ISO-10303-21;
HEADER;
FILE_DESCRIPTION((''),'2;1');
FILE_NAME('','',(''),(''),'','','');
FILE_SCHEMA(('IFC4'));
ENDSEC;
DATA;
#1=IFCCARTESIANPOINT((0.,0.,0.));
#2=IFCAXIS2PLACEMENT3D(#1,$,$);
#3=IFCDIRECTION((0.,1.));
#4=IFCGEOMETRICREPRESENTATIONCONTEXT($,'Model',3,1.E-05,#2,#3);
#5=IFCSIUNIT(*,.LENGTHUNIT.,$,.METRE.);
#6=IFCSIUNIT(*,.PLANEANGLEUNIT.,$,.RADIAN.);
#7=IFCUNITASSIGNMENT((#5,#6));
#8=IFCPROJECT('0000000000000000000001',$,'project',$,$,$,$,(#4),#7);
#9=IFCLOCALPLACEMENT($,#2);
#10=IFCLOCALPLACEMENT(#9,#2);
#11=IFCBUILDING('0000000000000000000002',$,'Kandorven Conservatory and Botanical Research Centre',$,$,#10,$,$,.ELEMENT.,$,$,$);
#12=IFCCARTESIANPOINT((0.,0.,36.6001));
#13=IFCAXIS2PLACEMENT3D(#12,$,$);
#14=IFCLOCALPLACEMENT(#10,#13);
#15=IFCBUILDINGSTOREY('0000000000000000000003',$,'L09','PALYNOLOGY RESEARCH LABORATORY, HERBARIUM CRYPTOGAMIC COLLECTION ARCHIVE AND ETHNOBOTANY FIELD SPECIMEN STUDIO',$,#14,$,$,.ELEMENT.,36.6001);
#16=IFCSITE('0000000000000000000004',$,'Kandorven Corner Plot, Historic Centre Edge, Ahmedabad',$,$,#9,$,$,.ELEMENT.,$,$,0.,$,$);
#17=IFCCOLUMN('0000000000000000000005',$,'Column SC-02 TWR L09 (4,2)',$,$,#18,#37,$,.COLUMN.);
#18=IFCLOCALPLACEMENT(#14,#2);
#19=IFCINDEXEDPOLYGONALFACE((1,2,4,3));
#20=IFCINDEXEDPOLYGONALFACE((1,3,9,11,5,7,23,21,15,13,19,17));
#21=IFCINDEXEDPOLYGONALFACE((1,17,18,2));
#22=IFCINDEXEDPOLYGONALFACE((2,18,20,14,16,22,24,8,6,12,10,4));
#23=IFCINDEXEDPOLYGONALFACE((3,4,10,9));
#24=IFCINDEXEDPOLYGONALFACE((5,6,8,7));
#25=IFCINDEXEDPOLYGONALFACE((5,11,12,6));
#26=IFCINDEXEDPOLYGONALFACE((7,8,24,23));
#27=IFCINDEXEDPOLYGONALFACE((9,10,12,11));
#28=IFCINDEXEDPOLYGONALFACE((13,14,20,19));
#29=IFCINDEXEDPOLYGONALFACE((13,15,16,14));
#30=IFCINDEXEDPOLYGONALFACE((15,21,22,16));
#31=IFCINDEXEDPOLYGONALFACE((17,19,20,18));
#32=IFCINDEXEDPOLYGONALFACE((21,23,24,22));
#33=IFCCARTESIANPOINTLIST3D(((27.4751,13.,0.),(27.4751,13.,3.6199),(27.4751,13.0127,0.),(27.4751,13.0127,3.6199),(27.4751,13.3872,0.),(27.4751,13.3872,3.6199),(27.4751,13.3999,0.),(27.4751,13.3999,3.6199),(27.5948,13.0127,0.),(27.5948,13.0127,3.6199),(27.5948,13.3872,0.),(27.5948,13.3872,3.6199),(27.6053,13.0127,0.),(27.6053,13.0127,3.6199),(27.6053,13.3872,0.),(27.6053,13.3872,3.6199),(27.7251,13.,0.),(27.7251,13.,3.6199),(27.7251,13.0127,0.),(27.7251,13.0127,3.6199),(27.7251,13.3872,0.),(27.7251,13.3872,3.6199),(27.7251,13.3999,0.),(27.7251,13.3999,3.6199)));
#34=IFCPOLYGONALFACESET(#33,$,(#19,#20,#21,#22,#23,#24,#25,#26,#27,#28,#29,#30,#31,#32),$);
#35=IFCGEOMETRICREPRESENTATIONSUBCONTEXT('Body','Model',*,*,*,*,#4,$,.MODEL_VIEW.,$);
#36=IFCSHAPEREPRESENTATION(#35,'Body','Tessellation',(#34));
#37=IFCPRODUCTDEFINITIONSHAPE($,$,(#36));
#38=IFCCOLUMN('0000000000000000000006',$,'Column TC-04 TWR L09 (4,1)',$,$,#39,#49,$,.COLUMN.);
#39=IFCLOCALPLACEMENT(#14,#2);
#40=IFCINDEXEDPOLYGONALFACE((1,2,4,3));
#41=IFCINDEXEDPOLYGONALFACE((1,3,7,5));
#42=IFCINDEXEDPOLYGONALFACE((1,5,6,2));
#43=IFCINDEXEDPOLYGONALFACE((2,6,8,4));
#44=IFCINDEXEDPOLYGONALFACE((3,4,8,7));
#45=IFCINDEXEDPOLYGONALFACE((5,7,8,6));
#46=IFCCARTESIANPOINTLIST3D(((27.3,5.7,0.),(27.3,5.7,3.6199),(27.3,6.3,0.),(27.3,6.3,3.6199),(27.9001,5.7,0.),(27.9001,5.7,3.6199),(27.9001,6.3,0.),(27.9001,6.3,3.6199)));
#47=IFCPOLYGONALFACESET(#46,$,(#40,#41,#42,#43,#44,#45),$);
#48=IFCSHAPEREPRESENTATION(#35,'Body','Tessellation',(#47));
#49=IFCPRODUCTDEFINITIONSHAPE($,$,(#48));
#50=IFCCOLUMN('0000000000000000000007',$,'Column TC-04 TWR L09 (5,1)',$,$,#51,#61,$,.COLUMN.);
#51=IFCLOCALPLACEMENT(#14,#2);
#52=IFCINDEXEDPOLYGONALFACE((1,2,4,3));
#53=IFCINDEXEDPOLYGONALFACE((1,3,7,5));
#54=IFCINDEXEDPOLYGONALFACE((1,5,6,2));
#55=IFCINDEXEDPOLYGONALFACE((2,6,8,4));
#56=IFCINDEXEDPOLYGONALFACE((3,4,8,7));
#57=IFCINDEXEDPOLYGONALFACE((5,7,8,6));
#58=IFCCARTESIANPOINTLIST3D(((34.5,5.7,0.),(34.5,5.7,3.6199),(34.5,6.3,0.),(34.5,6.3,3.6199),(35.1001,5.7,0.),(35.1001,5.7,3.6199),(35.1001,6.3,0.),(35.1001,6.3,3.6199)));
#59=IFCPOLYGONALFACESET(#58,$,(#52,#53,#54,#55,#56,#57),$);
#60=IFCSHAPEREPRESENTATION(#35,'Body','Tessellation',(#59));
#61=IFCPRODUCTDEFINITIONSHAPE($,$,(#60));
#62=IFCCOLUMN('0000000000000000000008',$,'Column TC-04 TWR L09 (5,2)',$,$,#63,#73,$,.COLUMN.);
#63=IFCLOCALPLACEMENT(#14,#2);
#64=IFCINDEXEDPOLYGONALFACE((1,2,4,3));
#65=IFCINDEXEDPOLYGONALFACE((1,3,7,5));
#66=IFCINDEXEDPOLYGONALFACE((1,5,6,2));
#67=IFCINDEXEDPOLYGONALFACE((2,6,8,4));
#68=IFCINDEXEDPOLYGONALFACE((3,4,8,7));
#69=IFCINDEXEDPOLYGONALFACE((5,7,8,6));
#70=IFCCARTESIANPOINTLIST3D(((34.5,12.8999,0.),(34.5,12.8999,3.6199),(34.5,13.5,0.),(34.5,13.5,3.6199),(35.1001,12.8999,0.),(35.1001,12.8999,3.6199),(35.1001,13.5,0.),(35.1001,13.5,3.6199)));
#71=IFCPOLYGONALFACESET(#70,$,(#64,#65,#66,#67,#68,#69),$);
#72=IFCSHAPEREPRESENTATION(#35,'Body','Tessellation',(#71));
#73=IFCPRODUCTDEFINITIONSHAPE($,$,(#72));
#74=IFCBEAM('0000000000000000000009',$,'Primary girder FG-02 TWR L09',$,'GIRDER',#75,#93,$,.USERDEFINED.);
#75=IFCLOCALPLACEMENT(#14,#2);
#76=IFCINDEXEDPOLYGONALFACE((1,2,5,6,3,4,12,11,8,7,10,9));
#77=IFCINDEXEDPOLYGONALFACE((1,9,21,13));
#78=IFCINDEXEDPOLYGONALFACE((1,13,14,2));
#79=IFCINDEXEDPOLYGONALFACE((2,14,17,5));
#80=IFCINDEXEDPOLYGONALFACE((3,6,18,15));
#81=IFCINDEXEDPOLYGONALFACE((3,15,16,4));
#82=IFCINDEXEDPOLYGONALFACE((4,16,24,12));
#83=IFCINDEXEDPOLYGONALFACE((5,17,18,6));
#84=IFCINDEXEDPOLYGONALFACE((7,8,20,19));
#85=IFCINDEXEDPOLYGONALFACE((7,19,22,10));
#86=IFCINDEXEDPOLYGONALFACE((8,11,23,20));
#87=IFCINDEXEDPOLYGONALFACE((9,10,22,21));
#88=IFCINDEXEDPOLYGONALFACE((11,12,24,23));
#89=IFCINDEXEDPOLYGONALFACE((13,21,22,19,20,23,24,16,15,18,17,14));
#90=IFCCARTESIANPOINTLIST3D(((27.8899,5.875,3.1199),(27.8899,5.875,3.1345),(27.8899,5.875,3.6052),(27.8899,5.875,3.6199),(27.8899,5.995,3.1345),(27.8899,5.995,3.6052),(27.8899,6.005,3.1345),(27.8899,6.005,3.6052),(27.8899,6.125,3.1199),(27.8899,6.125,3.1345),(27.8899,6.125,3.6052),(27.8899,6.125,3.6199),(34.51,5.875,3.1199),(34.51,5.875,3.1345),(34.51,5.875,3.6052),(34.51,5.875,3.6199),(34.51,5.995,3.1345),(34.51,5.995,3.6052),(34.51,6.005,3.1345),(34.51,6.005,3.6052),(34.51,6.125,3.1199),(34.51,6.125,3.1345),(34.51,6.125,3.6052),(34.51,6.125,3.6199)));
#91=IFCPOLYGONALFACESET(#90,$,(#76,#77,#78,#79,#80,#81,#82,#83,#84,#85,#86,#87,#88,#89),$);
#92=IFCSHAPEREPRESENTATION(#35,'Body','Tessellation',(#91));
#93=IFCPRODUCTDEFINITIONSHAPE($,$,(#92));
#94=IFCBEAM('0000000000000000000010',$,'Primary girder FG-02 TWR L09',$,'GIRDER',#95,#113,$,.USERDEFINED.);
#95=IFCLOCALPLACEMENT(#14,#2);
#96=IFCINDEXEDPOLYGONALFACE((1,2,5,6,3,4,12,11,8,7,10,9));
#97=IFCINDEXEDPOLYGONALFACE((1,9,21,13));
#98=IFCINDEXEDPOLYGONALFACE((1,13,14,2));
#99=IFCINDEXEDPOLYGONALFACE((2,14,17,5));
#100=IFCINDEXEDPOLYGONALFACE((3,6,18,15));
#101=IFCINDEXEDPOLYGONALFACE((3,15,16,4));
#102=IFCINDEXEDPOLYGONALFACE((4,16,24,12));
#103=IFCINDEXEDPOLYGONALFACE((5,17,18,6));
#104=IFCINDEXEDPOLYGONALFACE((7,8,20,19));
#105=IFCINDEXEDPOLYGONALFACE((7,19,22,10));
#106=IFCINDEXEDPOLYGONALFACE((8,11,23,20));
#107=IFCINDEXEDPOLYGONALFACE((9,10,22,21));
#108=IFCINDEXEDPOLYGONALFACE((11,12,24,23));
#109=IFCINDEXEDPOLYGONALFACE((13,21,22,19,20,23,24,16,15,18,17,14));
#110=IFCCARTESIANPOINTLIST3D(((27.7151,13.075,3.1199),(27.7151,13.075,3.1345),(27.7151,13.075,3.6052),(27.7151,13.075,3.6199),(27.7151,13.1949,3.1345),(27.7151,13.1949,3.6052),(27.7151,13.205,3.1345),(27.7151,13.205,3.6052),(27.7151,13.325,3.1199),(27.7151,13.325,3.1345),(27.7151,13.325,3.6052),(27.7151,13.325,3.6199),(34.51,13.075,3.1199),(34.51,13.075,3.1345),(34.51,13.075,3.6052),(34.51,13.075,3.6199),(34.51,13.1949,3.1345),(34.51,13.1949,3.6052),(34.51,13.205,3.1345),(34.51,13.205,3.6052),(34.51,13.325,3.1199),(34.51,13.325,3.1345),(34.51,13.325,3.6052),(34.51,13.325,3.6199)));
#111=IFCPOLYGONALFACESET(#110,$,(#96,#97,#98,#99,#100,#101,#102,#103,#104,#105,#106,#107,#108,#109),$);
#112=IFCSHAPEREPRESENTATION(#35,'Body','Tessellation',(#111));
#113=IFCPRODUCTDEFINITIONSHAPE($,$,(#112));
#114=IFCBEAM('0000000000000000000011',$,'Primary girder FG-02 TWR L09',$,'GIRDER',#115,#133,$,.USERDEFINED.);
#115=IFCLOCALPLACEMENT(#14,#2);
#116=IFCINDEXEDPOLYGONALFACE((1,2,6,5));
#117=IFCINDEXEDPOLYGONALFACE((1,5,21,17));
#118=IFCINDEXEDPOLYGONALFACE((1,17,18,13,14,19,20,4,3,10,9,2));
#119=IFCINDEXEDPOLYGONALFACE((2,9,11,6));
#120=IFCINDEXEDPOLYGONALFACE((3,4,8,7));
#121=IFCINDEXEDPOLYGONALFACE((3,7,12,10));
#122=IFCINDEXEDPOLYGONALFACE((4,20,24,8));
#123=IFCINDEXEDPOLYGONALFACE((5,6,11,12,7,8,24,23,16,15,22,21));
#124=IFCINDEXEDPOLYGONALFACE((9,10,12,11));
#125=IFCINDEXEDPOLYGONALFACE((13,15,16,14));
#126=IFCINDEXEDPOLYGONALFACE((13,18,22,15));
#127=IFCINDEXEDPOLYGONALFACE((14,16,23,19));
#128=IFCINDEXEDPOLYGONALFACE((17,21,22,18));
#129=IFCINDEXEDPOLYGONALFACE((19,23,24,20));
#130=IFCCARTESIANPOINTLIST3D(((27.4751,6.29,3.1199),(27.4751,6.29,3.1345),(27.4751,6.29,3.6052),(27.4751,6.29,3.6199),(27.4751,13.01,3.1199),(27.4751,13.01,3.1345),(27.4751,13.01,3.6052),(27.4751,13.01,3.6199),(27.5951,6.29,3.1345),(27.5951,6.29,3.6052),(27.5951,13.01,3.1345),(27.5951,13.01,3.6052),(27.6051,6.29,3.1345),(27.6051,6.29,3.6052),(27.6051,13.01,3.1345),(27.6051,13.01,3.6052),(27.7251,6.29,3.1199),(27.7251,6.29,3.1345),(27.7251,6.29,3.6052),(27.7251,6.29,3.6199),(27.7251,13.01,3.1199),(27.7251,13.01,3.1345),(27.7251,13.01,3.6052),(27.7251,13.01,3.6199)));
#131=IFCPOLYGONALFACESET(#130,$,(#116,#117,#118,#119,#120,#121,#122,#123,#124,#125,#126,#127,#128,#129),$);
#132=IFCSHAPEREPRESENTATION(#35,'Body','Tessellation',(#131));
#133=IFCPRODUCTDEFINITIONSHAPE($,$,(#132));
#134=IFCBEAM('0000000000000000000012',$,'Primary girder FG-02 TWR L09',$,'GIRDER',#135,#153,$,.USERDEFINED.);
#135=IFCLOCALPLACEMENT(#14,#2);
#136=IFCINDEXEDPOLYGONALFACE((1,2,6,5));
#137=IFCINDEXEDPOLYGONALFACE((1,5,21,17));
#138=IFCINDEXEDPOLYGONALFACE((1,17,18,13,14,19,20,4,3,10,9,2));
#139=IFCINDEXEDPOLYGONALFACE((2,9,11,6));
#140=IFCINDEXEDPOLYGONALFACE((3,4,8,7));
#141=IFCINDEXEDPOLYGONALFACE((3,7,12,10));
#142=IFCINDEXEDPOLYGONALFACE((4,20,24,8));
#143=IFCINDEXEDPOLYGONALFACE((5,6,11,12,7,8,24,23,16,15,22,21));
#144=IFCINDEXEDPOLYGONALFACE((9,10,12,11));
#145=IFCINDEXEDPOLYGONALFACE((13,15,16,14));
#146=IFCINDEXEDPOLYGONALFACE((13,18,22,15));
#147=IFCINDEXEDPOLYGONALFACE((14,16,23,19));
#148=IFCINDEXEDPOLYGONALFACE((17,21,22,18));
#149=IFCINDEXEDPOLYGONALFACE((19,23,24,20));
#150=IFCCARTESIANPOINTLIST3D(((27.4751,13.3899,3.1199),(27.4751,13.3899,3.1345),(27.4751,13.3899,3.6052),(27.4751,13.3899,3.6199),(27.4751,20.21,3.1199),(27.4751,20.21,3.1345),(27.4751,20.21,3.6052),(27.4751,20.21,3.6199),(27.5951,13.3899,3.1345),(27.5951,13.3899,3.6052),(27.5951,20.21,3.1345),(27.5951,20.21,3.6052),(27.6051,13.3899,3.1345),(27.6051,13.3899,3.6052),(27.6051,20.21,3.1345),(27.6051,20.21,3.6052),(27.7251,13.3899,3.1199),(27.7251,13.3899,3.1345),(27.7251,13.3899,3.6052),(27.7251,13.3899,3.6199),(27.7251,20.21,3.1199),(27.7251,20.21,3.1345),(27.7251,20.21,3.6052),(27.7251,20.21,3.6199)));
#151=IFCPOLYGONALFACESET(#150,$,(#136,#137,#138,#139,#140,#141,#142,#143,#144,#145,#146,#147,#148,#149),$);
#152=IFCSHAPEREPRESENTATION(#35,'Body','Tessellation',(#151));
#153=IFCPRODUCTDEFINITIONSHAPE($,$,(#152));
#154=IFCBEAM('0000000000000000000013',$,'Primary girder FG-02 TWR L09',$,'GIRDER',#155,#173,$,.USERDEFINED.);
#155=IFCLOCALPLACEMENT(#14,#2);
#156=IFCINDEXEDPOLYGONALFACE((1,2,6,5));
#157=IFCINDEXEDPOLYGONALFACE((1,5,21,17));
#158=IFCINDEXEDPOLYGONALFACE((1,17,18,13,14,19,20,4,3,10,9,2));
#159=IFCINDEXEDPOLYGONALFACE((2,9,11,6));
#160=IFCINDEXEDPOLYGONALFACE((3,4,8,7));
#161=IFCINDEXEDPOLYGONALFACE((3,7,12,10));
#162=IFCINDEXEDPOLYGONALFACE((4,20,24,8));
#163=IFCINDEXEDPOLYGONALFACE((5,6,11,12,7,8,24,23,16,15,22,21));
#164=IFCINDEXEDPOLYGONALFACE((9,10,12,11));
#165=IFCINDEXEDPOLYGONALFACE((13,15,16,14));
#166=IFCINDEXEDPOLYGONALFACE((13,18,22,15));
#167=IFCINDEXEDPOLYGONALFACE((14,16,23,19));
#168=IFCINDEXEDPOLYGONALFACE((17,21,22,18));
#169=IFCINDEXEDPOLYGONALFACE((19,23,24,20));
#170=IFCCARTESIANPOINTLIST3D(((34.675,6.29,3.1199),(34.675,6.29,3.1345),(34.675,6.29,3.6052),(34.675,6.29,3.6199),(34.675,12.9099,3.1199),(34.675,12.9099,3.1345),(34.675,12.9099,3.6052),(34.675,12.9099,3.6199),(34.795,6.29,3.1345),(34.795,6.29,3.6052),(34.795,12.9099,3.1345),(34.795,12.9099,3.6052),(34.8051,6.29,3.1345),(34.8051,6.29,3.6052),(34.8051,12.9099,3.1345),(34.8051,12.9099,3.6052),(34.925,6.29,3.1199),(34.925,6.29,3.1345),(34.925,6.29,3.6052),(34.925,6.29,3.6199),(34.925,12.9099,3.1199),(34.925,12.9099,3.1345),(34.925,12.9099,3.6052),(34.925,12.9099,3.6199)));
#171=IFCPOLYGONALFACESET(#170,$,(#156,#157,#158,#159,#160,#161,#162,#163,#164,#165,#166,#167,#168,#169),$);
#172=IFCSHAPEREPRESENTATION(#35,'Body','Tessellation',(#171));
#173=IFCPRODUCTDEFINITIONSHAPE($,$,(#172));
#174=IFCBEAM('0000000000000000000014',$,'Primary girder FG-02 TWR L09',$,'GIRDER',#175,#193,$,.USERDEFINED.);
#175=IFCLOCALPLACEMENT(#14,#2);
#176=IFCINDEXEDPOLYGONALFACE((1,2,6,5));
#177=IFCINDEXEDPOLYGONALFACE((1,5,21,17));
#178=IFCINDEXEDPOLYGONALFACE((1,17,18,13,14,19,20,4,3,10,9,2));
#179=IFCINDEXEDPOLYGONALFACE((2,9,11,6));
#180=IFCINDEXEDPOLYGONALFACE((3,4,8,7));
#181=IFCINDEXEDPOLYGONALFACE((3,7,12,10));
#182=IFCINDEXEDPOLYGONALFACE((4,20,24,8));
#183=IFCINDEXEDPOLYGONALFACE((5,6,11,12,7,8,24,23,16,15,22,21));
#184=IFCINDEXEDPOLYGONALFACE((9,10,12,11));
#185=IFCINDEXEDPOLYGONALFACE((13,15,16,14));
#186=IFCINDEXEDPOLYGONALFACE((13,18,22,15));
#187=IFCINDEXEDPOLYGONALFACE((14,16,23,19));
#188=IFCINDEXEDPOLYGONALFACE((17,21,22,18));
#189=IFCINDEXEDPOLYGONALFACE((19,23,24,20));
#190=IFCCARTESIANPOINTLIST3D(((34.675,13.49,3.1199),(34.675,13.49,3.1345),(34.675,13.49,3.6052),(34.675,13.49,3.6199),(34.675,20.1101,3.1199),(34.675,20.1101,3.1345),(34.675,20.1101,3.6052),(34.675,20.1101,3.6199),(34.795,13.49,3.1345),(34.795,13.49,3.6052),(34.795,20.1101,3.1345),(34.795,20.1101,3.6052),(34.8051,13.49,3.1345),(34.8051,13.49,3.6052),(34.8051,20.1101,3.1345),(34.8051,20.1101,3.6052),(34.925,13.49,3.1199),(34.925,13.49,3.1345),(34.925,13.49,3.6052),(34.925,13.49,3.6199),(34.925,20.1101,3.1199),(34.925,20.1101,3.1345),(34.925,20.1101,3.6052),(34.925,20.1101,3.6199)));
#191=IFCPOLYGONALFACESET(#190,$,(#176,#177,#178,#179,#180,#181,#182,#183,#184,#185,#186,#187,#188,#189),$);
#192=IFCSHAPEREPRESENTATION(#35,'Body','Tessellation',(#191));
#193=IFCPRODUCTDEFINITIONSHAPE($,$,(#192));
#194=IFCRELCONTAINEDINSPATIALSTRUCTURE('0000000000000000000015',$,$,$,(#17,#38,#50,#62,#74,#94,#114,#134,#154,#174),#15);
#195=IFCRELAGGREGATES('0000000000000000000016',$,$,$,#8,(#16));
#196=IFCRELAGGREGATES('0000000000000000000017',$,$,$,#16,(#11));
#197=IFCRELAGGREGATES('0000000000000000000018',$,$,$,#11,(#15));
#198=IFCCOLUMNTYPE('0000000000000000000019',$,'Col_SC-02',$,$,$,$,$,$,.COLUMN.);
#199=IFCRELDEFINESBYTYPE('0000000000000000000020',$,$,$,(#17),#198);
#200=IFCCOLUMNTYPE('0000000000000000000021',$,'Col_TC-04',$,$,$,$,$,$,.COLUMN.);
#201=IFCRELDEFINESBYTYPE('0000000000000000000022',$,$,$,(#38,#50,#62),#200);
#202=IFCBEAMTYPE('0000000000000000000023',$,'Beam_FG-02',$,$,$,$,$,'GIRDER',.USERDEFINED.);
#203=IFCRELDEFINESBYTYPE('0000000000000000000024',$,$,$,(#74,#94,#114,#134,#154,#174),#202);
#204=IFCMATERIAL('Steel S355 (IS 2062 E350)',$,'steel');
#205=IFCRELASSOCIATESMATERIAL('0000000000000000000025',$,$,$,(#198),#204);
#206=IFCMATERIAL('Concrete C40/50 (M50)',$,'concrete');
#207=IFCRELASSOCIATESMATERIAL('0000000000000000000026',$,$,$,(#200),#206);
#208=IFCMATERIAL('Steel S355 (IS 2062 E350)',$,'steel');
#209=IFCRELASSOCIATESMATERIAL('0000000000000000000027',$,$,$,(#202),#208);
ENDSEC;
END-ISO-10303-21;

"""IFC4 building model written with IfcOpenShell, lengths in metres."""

from ifc_helpers import new_model, si_unit, direction, frame, origin, origin_2d, place, context, subcontext, project, spatial, rectangle, i_section, extrude, material, material_profile, profile_set, type_object, element, save


model = new_model("IFC4")

# Units and contexts
model_context = context("Model", 3, precision=1e-05, world=origin(), true_north=direction((0.0, 1.0)))
body_context = subcontext(model_context, "Body", "Model", "MODEL_VIEW")
ifc_project = project(units=[si_unit("LENGTHUNIT", "METRE"), si_unit("PLANEANGLEUNIT", "RADIAN")], contexts=[model_context])

# Site, building, storey
site_placement = place(None, origin())
site = spatial("IfcSite", under=ifc_project, at=site_placement, Name="Kandorven Corner Plot, Historic Centre Edge, Ahmedabad", CompositionType="ELEMENT", RefElevation=0.0)
building_placement = place(site_placement, origin())
building = spatial("IfcBuilding", under=site, at=building_placement, Name="Kandorven Conservatory and Botanical Research Centre", CompositionType="ELEMENT")
storey_placement = place(building_placement, frame((0.0, 0.0, 36.6001)))
storey = spatial("IfcBuildingStorey", under=building, at=storey_placement, Name="L09", Description="PALYNOLOGY RESEARCH LABORATORY, HERBARIUM CRYPTOGAMIC COLLECTION ARCHIVE AND ETHNOBOTANY FIELD SPECIMEN STUDIO", CompositionType="ELEMENT", Elevation=36.6001)

# Columns
ifc_material_1 = material(Name="Steel S355 (IS 2062 E350)", Category="steel")
ifc_material_profile_1 = material_profile(ifc_material_1, i_section(OverallWidth=0.25, OverallDepth=0.3999, WebThickness=0.0105, FlangeThickness=0.0127, at=origin_2d()))
ifc_profile_set_1 = profile_set([ifc_material_profile_1], Name="Steel S355 (IS 2062 E350)")
column_type_1 = type_object("IfcColumnType", Name="Col_SC-02", PredefinedType="COLUMN", material=ifc_profile_set_1)
column_placement = place(storey_placement, frame((27.6001, 13.2, 0.0), z_axis=(0.0, 0.0, 1.0), x_axis=(1.0, 0.0, 0.0)))
element("IfcColumn", 1, at=column_placement, inside=storey, type_object=column_type_1, Name="Column SC-02 TWR L09 (4,2)", PredefinedType="COLUMN", context=body_context, shape_type="SweptSolid", body=[
    extrude(i_section(OverallWidth=0.25, OverallDepth=0.3999, WebThickness=0.0105, FlangeThickness=0.0127, at=origin_2d()), origin(), (0.0, 0.0, 1.0), 3.6199),
])
ifc_material_2 = material(Name="Concrete C40/50 (M50)", Category="concrete")
ifc_material_profile_2 = material_profile(ifc_material_2, rectangle(XDim=0.6001, YDim=0.6001, at=origin_2d()))
ifc_profile_set_2 = profile_set([ifc_material_profile_2], Name="Concrete C40/50 (M50)")
column_type_2 = type_object("IfcColumnType", Name="Col_TC-04", PredefinedType="COLUMN", material=ifc_profile_set_2)
for number, where, z_axis, x_axis, name in (
    (2, (27.6001, 6.0, 0.0), (0.0, 0.0, 1.0), (1.0, 0.0, 0.0), "Column TC-04 TWR L09 (4,1)"),
    (3, (34.8, 6.0, 0.0), (0.0, 0.0, 1.0), (1.0, 0.0, 0.0), "Column TC-04 TWR L09 (5,1)"),
    (4, (34.8, 13.2, 0.0), (0.0, 0.0, 1.0), (1.0, 0.0, 0.0), "Column TC-04 TWR L09 (5,2)"),
):
    element("IfcColumn", number, at=place(storey_placement, frame(where, z_axis=z_axis, x_axis=x_axis)), inside=storey, type_object=column_type_2, Name=name, PredefinedType="COLUMN", context=body_context, shape_type="SweptSolid", body=[
        extrude(rectangle(XDim=0.6001, YDim=0.6001, at=origin_2d()), origin(), (0.0, 0.0, 1.0), 3.6199),
    ])

# Beams
ifc_material_3 = material(Name="Steel S355 (IS 2062 E350)", Category="steel")
ifc_material_profile_3 = material_profile(ifc_material_3, i_section(OverallWidth=0.25, OverallDepth=0.5, WebThickness=0.01, FlangeThickness=0.0146, at=origin_2d()))
ifc_profile_set_3 = profile_set([ifc_material_profile_3], Name="Steel S355 (IS 2062 E350)")
beam_type_1 = type_object("IfcBeamType", Name="Beam_FG-02", ElementType="GIRDER", PredefinedType="USERDEFINED", material=ifc_profile_set_3)
beam_1_placement = place(storey_placement, frame((27.8899, 6.0, 3.3699), z_axis=(1.0, 0.0, 0.0), x_axis=(0.0, 1.0, 0.0)))
element("IfcBeam", 5, at=beam_1_placement, inside=storey, type_object=beam_type_1, Name="Primary girder FG-02 TWR L09", ObjectType="GIRDER", PredefinedType="USERDEFINED", context=body_context, shape_type="SweptSolid", body=[
    extrude(i_section(OverallWidth=0.25, OverallDepth=0.5, WebThickness=0.01, FlangeThickness=0.0146, at=origin_2d()), origin(), (0.0, 0.0, 1.0), 6.6201),
])
beam_2_placement = place(storey_placement, frame((27.7151, 13.2, 3.3699), z_axis=(1.0, 0.0, 0.0), x_axis=(0.0, 1.0, 0.0)))
element("IfcBeam", 6, at=beam_2_placement, inside=storey, type_object=beam_type_1, Name="Primary girder FG-02 TWR L09", ObjectType="GIRDER", PredefinedType="USERDEFINED", context=body_context, shape_type="SweptSolid", body=[
    extrude(i_section(OverallWidth=0.25, OverallDepth=0.5, WebThickness=0.01, FlangeThickness=0.0146, at=origin_2d()), origin(), (0.0, 0.0, 1.0), 6.7949),
])
beam_3_placement = place(storey_placement, frame((27.6001, 6.29, 3.3699), z_axis=(0.0, 1.0, 0.0), x_axis=(-1.0, 0.0, 0.0)))
element("IfcBeam", 7, at=beam_3_placement, inside=storey, type_object=beam_type_1, Name="Primary girder FG-02 TWR L09", ObjectType="GIRDER", PredefinedType="USERDEFINED", context=body_context, shape_type="SweptSolid", body=[
    extrude(i_section(OverallWidth=0.25, OverallDepth=0.5, WebThickness=0.01, FlangeThickness=0.0146, at=origin_2d()), origin(), (0.0, 0.0, 1.0), 6.72),
])
beam_4_placement = place(storey_placement, frame((27.6001, 13.3899, 3.3699), z_axis=(0.0, 1.0, 0.0), x_axis=(-1.0, 0.0, 0.0)))
element("IfcBeam", 8, at=beam_4_placement, inside=storey, type_object=beam_type_1, Name="Primary girder FG-02 TWR L09", ObjectType="GIRDER", PredefinedType="USERDEFINED", context=body_context, shape_type="SweptSolid", body=[
    extrude(i_section(OverallWidth=0.25, OverallDepth=0.5, WebThickness=0.01, FlangeThickness=0.0146, at=origin_2d()), origin(), (0.0, 0.0, 1.0), 6.8201),
])
beam_5_placement = place(storey_placement, frame((34.8, 6.29, 3.3699), z_axis=(0.0, 1.0, 0.0), x_axis=(-1.0, 0.0, 0.0)))
element("IfcBeam", 9, at=beam_5_placement, inside=storey, type_object=beam_type_1, Name="Primary girder FG-02 TWR L09", ObjectType="GIRDER", PredefinedType="USERDEFINED", context=body_context, shape_type="SweptSolid", body=[
    extrude(i_section(OverallWidth=0.25, OverallDepth=0.5, WebThickness=0.01, FlangeThickness=0.0146, at=origin_2d()), origin(), (0.0, 0.0, 1.0), 6.6199),
])
beam_6_placement = place(storey_placement, frame((34.8, 13.49, 3.3699), z_axis=(0.0, 1.0, 0.0), x_axis=(-1.0, 0.0, 0.0)))
element("IfcBeam", 10, at=beam_6_placement, inside=storey, type_object=beam_type_1, Name="Primary girder FG-02 TWR L09", ObjectType="GIRDER", PredefinedType="USERDEFINED", context=body_context, shape_type="SweptSolid", body=[
    extrude(i_section(OverallWidth=0.25, OverallDepth=0.5, WebThickness=0.01, FlangeThickness=0.0146, at=origin_2d()), origin(), (0.0, 0.0, 1.0), 6.6201),
])

save(model, "model.ifc")
